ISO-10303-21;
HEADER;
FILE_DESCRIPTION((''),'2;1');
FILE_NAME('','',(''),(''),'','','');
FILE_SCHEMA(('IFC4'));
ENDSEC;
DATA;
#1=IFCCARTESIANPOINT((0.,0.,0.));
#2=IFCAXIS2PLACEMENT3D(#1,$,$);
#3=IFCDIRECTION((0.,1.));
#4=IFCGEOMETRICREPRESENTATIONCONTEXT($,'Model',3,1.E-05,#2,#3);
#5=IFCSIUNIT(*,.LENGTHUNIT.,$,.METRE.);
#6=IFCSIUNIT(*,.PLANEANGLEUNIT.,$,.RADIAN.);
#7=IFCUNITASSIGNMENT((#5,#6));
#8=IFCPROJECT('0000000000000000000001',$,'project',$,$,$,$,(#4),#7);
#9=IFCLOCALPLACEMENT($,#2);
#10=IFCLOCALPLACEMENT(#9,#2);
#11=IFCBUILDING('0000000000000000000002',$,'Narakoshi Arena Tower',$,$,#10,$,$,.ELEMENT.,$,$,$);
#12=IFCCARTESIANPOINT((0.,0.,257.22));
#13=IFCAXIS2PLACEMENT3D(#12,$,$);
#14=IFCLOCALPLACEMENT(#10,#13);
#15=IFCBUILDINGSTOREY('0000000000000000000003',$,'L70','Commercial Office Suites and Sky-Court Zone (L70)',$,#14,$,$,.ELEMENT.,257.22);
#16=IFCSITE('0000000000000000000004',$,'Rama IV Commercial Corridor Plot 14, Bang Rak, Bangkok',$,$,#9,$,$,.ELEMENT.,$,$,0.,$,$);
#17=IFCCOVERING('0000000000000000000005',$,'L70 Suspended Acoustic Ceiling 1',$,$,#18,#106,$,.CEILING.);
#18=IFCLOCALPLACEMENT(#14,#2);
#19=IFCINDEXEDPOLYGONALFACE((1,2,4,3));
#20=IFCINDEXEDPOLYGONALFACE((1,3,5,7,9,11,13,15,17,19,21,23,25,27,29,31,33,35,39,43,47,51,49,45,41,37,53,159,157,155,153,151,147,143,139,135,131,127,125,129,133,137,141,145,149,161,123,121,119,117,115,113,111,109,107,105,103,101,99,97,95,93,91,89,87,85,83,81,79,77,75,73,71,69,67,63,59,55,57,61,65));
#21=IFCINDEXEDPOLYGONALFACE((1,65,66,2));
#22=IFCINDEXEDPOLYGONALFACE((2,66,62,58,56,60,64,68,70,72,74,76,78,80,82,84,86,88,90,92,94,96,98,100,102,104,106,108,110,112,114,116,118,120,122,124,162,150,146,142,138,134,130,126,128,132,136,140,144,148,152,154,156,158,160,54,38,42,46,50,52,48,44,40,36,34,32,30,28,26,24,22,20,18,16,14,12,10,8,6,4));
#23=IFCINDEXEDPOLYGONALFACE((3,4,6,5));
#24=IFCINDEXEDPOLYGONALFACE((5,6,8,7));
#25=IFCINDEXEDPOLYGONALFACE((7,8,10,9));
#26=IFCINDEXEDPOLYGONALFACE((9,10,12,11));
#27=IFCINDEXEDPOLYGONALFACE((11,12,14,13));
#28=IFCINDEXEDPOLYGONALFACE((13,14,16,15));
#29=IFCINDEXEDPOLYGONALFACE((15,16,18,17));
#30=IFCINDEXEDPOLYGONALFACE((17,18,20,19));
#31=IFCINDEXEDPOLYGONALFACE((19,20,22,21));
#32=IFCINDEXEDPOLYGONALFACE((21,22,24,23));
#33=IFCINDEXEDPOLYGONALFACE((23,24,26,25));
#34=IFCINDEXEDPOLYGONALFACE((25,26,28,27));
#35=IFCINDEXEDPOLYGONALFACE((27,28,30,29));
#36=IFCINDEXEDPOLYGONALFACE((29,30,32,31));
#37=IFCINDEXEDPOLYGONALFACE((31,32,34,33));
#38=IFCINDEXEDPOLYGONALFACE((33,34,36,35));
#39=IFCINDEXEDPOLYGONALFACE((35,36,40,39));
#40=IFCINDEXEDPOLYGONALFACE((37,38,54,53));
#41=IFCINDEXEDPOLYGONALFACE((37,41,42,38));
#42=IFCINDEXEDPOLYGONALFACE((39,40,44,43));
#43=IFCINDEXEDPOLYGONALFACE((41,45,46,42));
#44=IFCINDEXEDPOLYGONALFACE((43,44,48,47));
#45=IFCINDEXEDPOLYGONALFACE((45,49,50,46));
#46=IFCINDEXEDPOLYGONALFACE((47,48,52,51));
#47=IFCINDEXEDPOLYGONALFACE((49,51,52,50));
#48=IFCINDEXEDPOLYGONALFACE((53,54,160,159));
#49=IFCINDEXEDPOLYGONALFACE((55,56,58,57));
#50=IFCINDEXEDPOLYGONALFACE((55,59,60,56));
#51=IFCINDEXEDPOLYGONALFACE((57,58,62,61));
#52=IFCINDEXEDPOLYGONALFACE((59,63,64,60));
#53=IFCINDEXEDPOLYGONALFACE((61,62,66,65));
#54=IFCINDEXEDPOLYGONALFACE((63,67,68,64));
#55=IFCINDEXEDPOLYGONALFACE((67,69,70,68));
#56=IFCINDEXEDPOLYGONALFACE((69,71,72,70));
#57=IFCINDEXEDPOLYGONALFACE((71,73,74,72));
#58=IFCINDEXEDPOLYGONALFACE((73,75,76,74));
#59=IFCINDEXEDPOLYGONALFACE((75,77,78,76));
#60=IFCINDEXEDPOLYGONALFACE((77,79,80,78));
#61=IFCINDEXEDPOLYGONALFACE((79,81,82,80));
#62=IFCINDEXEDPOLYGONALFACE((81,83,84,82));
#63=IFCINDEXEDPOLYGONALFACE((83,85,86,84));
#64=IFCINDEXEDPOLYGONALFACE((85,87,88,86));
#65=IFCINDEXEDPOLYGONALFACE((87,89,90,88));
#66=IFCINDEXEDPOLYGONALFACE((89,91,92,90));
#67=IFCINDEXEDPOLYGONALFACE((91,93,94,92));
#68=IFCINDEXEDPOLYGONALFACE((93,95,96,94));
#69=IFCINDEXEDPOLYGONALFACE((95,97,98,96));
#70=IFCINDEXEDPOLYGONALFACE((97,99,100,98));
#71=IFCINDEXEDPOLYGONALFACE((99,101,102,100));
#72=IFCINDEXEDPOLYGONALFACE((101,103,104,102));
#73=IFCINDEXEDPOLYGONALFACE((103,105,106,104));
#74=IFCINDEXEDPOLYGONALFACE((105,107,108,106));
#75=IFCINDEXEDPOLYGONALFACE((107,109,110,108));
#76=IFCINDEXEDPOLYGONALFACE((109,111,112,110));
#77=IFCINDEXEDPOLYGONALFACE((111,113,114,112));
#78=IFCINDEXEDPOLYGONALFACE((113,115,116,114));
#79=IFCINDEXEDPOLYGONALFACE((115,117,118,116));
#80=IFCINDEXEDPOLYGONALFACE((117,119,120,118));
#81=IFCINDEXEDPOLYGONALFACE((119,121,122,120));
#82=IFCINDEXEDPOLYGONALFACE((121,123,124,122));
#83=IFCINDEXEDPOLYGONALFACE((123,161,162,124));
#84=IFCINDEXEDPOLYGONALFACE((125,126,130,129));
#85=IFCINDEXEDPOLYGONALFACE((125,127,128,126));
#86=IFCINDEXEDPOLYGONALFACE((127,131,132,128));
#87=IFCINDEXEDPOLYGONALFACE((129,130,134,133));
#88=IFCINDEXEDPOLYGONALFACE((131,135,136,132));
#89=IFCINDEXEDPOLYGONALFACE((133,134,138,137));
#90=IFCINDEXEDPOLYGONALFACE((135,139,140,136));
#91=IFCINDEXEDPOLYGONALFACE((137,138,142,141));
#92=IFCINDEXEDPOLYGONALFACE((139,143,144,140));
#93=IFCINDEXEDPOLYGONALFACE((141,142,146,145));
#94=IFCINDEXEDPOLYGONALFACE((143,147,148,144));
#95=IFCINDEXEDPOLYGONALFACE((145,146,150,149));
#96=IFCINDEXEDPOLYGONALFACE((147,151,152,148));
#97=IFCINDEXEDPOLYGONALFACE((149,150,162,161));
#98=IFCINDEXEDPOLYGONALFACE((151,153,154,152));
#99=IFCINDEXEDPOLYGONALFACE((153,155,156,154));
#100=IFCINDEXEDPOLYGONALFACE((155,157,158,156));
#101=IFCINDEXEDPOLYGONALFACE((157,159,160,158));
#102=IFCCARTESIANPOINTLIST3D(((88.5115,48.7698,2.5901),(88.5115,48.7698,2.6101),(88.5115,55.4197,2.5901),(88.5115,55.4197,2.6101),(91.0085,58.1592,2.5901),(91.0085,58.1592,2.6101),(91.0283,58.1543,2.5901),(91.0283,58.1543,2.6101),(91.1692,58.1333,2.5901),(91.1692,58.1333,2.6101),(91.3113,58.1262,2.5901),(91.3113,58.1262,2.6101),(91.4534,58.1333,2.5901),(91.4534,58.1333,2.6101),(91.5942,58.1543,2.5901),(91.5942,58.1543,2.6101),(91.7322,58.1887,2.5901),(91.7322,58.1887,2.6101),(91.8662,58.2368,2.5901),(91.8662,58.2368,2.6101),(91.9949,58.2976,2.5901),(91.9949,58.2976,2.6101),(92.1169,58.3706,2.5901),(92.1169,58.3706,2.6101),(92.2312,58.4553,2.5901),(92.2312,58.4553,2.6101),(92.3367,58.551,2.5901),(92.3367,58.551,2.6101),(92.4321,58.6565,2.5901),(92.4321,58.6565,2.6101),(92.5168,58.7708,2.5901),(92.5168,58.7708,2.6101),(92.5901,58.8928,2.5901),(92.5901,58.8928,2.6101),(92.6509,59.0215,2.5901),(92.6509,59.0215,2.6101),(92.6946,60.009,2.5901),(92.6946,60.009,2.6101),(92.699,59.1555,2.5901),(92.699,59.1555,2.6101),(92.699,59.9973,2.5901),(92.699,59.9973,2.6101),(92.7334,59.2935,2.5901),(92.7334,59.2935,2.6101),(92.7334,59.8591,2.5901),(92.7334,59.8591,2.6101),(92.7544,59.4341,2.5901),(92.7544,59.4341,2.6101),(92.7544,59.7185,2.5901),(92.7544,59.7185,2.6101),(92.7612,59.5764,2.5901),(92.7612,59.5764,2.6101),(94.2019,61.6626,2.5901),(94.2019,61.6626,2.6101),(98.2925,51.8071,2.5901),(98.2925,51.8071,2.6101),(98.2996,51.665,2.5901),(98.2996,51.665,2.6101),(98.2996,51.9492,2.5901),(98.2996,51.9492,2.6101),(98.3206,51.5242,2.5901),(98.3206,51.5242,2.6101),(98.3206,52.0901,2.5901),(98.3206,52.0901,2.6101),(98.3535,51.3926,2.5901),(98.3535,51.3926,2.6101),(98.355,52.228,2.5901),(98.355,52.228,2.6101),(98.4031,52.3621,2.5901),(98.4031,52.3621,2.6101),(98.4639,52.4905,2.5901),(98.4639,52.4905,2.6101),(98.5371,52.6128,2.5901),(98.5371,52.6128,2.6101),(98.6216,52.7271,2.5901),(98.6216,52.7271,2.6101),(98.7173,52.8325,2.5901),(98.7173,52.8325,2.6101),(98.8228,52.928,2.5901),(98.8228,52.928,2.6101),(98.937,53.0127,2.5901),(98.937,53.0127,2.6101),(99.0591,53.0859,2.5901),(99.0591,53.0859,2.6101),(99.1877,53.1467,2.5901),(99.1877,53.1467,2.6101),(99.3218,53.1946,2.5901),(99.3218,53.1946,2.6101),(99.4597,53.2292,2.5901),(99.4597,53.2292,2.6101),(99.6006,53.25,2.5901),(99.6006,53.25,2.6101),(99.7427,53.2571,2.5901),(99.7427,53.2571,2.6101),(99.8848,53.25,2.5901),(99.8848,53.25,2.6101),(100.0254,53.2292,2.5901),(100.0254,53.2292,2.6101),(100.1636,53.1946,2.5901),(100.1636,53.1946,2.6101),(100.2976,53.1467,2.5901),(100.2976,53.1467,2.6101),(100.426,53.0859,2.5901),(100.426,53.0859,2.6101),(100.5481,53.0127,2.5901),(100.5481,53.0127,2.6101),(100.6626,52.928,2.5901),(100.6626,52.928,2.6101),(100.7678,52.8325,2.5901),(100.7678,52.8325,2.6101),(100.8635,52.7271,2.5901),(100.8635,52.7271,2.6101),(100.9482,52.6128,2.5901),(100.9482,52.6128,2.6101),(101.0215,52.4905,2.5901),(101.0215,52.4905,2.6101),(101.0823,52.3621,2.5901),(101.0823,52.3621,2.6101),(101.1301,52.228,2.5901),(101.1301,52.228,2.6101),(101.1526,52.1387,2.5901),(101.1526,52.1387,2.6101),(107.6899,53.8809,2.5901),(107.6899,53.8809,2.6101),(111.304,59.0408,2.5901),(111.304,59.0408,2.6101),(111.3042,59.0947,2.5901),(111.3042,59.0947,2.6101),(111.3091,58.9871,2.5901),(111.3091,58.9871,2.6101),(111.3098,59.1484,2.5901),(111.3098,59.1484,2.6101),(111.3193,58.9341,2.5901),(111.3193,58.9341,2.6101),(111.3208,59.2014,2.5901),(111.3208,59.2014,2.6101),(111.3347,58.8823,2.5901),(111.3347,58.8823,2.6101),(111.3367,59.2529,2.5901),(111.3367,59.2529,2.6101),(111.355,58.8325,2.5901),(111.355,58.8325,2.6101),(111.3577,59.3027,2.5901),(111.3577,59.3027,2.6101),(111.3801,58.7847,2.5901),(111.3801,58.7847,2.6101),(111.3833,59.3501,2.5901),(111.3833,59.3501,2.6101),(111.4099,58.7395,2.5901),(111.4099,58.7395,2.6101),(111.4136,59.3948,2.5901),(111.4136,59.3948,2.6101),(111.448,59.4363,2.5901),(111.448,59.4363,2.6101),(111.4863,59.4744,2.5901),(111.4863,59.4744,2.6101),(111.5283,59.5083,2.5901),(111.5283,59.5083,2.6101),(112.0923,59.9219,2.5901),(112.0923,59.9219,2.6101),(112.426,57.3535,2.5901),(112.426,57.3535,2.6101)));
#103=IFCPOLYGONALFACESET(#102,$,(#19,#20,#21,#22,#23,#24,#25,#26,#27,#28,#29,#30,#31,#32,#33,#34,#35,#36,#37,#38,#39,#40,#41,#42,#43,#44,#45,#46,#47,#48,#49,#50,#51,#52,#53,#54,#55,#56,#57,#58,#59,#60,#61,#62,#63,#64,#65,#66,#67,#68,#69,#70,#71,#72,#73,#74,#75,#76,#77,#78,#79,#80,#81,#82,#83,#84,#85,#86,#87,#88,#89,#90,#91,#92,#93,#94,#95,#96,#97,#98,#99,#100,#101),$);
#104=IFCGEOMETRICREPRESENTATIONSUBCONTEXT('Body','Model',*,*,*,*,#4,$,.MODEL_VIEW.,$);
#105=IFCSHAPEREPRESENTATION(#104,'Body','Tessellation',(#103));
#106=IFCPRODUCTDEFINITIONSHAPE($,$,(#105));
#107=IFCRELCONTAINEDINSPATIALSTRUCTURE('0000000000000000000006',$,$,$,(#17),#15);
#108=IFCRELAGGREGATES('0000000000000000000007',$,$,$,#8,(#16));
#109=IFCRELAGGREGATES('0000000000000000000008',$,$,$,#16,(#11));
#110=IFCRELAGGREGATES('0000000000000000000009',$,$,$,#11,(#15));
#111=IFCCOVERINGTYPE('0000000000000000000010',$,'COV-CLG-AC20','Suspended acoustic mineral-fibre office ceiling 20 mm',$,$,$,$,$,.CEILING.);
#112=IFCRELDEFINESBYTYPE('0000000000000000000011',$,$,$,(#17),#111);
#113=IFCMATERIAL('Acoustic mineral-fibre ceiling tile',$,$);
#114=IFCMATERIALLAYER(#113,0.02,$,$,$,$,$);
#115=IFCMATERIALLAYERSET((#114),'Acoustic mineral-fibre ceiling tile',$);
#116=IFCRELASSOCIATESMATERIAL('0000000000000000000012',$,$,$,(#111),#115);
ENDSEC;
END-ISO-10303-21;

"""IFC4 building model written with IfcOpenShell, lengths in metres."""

from ifc_helpers import new_model, si_unit, direction, frame, origin, place, context, subcontext, project, spatial, polyline, outline, extrude, material, layer, layer_set, type_object, element, save


model = new_model("IFC4")

# Units and contexts
model_context = context("Model", 3, precision=1e-05, world=origin(), true_north=direction((0.0, 1.0)))
body_context = subcontext(model_context, "Body", "Model", "MODEL_VIEW")
ifc_project = project(units=[si_unit("LENGTHUNIT", "METRE"), si_unit("PLANEANGLEUNIT", "RADIAN")], contexts=[model_context])

# Site, building, storey
site_placement = place(None, origin())
site = spatial("IfcSite", under=ifc_project, at=site_placement, Name="Rama IV Commercial Corridor Plot 14, Bang Rak, Bangkok", CompositionType="ELEMENT", RefElevation=0.0)
building_placement = place(site_placement, origin())
building = spatial("IfcBuilding", under=site, at=building_placement, Name="Narakoshi Arena Tower", CompositionType="ELEMENT")
storey_placement = place(building_placement, frame((0.0, 0.0, 257.22)))
storey = spatial("IfcBuildingStorey", under=building, at=storey_placement, Name="L70", Description="Commercial Office Suites and Sky-Court Zone (L70)", CompositionType="ELEMENT", Elevation=257.22)

# Covering
ifc_material_1 = material(Name="Acoustic mineral-fibre ceiling tile")
ifc_layer_1 = layer(ifc_material_1, 0.02)
ifc_layer_set_1 = layer_set([ifc_layer_1], Name="Acoustic mineral-fibre ceiling tile")
covering_type_1 = type_object("IfcCoveringType", Name="COV-CLG-AC20", Description="Suspended acoustic mineral-fibre office ceiling 20 mm", PredefinedType="CEILING", material=ifc_layer_set_1)
covering_1_placement = place(storey_placement, frame((0.0, 0.0, 2.5901)))
element("IfcCovering", 1, at=covering_1_placement, inside=storey, type_object=covering_type_1, Name="L70 Suspended Acoustic Ceiling 1", PredefinedType="CEILING", context=body_context, shape_type="SweptSolid", body=[
    extrude(outline(polyline([(111.5283, 59.5083), (111.4863, 59.4744), (111.448, 59.4363), (111.4136, 59.3948), (111.3833, 59.3501), (111.3577, 59.3027), (111.3367, 59.2529), (111.3208, 59.2014), (111.3098, 59.1484), (111.3042, 59.0947), (111.304, 59.0408), (111.3091, 58.9871), (111.3193, 58.9341), (111.3347, 58.8823), (111.355, 58.8325), (111.3801, 58.7847), (111.4099, 58.7395), (112.426, 57.3535), (107.6899, 53.8809), (101.1526, 52.1387), (101.1301, 52.228), (101.0823, 52.3621), (101.0215, 52.4905), (100.9482, 52.6128), (100.8635, 52.7271), (100.7678, 52.8325), (100.6626, 52.928), (100.5481, 53.0127), (100.426, 53.0859), (100.2976, 53.1467), (100.1636, 53.1946), (100.0254, 53.2292), (99.8848, 53.25), (99.7427, 53.2571), (99.6006, 53.25), (99.4597, 53.2292), (99.3218, 53.1946), (99.1877, 53.1467), (99.0591, 53.0859), (98.937, 53.0127), (98.8228, 52.928), (98.7173, 52.8325), (98.6216, 52.7271), (98.5371, 52.6128), (98.4639, 52.4905), (98.4031, 52.3621), (98.355, 52.228), (98.3206, 52.0901), (98.2996, 51.9492), (98.2925, 51.8071), (98.2996, 51.665), (98.3206, 51.5242), (98.3535, 51.3926), (88.5115, 48.7698), (88.5115, 55.4197), (91.0085, 58.1592), (91.0283, 58.1543), (91.1692, 58.1333), (91.3113, 58.1262), (91.4534, 58.1333), (91.5942, 58.1543), (91.7322, 58.1887), (91.8662, 58.2368), (91.9949, 58.2976), (92.1169, 58.3706), (92.2312, 58.4553), (92.3367, 58.551), (92.4321, 58.6565), (92.5168, 58.7708), (92.5901, 58.8928), (92.6509, 59.0215), (92.699, 59.1555), (92.7334, 59.2935), (92.7544, 59.4341), (92.7612, 59.5764), (92.7544, 59.7185), (92.7334, 59.8591), (92.699, 59.9973), (92.6946, 60.009), (94.2019, 61.6626), (112.0923, 59.9219), (111.5283, 59.5083)])), origin(), (0.0, 0.0, 1.0), 0.02),
])

save(model, "model.ifc")
